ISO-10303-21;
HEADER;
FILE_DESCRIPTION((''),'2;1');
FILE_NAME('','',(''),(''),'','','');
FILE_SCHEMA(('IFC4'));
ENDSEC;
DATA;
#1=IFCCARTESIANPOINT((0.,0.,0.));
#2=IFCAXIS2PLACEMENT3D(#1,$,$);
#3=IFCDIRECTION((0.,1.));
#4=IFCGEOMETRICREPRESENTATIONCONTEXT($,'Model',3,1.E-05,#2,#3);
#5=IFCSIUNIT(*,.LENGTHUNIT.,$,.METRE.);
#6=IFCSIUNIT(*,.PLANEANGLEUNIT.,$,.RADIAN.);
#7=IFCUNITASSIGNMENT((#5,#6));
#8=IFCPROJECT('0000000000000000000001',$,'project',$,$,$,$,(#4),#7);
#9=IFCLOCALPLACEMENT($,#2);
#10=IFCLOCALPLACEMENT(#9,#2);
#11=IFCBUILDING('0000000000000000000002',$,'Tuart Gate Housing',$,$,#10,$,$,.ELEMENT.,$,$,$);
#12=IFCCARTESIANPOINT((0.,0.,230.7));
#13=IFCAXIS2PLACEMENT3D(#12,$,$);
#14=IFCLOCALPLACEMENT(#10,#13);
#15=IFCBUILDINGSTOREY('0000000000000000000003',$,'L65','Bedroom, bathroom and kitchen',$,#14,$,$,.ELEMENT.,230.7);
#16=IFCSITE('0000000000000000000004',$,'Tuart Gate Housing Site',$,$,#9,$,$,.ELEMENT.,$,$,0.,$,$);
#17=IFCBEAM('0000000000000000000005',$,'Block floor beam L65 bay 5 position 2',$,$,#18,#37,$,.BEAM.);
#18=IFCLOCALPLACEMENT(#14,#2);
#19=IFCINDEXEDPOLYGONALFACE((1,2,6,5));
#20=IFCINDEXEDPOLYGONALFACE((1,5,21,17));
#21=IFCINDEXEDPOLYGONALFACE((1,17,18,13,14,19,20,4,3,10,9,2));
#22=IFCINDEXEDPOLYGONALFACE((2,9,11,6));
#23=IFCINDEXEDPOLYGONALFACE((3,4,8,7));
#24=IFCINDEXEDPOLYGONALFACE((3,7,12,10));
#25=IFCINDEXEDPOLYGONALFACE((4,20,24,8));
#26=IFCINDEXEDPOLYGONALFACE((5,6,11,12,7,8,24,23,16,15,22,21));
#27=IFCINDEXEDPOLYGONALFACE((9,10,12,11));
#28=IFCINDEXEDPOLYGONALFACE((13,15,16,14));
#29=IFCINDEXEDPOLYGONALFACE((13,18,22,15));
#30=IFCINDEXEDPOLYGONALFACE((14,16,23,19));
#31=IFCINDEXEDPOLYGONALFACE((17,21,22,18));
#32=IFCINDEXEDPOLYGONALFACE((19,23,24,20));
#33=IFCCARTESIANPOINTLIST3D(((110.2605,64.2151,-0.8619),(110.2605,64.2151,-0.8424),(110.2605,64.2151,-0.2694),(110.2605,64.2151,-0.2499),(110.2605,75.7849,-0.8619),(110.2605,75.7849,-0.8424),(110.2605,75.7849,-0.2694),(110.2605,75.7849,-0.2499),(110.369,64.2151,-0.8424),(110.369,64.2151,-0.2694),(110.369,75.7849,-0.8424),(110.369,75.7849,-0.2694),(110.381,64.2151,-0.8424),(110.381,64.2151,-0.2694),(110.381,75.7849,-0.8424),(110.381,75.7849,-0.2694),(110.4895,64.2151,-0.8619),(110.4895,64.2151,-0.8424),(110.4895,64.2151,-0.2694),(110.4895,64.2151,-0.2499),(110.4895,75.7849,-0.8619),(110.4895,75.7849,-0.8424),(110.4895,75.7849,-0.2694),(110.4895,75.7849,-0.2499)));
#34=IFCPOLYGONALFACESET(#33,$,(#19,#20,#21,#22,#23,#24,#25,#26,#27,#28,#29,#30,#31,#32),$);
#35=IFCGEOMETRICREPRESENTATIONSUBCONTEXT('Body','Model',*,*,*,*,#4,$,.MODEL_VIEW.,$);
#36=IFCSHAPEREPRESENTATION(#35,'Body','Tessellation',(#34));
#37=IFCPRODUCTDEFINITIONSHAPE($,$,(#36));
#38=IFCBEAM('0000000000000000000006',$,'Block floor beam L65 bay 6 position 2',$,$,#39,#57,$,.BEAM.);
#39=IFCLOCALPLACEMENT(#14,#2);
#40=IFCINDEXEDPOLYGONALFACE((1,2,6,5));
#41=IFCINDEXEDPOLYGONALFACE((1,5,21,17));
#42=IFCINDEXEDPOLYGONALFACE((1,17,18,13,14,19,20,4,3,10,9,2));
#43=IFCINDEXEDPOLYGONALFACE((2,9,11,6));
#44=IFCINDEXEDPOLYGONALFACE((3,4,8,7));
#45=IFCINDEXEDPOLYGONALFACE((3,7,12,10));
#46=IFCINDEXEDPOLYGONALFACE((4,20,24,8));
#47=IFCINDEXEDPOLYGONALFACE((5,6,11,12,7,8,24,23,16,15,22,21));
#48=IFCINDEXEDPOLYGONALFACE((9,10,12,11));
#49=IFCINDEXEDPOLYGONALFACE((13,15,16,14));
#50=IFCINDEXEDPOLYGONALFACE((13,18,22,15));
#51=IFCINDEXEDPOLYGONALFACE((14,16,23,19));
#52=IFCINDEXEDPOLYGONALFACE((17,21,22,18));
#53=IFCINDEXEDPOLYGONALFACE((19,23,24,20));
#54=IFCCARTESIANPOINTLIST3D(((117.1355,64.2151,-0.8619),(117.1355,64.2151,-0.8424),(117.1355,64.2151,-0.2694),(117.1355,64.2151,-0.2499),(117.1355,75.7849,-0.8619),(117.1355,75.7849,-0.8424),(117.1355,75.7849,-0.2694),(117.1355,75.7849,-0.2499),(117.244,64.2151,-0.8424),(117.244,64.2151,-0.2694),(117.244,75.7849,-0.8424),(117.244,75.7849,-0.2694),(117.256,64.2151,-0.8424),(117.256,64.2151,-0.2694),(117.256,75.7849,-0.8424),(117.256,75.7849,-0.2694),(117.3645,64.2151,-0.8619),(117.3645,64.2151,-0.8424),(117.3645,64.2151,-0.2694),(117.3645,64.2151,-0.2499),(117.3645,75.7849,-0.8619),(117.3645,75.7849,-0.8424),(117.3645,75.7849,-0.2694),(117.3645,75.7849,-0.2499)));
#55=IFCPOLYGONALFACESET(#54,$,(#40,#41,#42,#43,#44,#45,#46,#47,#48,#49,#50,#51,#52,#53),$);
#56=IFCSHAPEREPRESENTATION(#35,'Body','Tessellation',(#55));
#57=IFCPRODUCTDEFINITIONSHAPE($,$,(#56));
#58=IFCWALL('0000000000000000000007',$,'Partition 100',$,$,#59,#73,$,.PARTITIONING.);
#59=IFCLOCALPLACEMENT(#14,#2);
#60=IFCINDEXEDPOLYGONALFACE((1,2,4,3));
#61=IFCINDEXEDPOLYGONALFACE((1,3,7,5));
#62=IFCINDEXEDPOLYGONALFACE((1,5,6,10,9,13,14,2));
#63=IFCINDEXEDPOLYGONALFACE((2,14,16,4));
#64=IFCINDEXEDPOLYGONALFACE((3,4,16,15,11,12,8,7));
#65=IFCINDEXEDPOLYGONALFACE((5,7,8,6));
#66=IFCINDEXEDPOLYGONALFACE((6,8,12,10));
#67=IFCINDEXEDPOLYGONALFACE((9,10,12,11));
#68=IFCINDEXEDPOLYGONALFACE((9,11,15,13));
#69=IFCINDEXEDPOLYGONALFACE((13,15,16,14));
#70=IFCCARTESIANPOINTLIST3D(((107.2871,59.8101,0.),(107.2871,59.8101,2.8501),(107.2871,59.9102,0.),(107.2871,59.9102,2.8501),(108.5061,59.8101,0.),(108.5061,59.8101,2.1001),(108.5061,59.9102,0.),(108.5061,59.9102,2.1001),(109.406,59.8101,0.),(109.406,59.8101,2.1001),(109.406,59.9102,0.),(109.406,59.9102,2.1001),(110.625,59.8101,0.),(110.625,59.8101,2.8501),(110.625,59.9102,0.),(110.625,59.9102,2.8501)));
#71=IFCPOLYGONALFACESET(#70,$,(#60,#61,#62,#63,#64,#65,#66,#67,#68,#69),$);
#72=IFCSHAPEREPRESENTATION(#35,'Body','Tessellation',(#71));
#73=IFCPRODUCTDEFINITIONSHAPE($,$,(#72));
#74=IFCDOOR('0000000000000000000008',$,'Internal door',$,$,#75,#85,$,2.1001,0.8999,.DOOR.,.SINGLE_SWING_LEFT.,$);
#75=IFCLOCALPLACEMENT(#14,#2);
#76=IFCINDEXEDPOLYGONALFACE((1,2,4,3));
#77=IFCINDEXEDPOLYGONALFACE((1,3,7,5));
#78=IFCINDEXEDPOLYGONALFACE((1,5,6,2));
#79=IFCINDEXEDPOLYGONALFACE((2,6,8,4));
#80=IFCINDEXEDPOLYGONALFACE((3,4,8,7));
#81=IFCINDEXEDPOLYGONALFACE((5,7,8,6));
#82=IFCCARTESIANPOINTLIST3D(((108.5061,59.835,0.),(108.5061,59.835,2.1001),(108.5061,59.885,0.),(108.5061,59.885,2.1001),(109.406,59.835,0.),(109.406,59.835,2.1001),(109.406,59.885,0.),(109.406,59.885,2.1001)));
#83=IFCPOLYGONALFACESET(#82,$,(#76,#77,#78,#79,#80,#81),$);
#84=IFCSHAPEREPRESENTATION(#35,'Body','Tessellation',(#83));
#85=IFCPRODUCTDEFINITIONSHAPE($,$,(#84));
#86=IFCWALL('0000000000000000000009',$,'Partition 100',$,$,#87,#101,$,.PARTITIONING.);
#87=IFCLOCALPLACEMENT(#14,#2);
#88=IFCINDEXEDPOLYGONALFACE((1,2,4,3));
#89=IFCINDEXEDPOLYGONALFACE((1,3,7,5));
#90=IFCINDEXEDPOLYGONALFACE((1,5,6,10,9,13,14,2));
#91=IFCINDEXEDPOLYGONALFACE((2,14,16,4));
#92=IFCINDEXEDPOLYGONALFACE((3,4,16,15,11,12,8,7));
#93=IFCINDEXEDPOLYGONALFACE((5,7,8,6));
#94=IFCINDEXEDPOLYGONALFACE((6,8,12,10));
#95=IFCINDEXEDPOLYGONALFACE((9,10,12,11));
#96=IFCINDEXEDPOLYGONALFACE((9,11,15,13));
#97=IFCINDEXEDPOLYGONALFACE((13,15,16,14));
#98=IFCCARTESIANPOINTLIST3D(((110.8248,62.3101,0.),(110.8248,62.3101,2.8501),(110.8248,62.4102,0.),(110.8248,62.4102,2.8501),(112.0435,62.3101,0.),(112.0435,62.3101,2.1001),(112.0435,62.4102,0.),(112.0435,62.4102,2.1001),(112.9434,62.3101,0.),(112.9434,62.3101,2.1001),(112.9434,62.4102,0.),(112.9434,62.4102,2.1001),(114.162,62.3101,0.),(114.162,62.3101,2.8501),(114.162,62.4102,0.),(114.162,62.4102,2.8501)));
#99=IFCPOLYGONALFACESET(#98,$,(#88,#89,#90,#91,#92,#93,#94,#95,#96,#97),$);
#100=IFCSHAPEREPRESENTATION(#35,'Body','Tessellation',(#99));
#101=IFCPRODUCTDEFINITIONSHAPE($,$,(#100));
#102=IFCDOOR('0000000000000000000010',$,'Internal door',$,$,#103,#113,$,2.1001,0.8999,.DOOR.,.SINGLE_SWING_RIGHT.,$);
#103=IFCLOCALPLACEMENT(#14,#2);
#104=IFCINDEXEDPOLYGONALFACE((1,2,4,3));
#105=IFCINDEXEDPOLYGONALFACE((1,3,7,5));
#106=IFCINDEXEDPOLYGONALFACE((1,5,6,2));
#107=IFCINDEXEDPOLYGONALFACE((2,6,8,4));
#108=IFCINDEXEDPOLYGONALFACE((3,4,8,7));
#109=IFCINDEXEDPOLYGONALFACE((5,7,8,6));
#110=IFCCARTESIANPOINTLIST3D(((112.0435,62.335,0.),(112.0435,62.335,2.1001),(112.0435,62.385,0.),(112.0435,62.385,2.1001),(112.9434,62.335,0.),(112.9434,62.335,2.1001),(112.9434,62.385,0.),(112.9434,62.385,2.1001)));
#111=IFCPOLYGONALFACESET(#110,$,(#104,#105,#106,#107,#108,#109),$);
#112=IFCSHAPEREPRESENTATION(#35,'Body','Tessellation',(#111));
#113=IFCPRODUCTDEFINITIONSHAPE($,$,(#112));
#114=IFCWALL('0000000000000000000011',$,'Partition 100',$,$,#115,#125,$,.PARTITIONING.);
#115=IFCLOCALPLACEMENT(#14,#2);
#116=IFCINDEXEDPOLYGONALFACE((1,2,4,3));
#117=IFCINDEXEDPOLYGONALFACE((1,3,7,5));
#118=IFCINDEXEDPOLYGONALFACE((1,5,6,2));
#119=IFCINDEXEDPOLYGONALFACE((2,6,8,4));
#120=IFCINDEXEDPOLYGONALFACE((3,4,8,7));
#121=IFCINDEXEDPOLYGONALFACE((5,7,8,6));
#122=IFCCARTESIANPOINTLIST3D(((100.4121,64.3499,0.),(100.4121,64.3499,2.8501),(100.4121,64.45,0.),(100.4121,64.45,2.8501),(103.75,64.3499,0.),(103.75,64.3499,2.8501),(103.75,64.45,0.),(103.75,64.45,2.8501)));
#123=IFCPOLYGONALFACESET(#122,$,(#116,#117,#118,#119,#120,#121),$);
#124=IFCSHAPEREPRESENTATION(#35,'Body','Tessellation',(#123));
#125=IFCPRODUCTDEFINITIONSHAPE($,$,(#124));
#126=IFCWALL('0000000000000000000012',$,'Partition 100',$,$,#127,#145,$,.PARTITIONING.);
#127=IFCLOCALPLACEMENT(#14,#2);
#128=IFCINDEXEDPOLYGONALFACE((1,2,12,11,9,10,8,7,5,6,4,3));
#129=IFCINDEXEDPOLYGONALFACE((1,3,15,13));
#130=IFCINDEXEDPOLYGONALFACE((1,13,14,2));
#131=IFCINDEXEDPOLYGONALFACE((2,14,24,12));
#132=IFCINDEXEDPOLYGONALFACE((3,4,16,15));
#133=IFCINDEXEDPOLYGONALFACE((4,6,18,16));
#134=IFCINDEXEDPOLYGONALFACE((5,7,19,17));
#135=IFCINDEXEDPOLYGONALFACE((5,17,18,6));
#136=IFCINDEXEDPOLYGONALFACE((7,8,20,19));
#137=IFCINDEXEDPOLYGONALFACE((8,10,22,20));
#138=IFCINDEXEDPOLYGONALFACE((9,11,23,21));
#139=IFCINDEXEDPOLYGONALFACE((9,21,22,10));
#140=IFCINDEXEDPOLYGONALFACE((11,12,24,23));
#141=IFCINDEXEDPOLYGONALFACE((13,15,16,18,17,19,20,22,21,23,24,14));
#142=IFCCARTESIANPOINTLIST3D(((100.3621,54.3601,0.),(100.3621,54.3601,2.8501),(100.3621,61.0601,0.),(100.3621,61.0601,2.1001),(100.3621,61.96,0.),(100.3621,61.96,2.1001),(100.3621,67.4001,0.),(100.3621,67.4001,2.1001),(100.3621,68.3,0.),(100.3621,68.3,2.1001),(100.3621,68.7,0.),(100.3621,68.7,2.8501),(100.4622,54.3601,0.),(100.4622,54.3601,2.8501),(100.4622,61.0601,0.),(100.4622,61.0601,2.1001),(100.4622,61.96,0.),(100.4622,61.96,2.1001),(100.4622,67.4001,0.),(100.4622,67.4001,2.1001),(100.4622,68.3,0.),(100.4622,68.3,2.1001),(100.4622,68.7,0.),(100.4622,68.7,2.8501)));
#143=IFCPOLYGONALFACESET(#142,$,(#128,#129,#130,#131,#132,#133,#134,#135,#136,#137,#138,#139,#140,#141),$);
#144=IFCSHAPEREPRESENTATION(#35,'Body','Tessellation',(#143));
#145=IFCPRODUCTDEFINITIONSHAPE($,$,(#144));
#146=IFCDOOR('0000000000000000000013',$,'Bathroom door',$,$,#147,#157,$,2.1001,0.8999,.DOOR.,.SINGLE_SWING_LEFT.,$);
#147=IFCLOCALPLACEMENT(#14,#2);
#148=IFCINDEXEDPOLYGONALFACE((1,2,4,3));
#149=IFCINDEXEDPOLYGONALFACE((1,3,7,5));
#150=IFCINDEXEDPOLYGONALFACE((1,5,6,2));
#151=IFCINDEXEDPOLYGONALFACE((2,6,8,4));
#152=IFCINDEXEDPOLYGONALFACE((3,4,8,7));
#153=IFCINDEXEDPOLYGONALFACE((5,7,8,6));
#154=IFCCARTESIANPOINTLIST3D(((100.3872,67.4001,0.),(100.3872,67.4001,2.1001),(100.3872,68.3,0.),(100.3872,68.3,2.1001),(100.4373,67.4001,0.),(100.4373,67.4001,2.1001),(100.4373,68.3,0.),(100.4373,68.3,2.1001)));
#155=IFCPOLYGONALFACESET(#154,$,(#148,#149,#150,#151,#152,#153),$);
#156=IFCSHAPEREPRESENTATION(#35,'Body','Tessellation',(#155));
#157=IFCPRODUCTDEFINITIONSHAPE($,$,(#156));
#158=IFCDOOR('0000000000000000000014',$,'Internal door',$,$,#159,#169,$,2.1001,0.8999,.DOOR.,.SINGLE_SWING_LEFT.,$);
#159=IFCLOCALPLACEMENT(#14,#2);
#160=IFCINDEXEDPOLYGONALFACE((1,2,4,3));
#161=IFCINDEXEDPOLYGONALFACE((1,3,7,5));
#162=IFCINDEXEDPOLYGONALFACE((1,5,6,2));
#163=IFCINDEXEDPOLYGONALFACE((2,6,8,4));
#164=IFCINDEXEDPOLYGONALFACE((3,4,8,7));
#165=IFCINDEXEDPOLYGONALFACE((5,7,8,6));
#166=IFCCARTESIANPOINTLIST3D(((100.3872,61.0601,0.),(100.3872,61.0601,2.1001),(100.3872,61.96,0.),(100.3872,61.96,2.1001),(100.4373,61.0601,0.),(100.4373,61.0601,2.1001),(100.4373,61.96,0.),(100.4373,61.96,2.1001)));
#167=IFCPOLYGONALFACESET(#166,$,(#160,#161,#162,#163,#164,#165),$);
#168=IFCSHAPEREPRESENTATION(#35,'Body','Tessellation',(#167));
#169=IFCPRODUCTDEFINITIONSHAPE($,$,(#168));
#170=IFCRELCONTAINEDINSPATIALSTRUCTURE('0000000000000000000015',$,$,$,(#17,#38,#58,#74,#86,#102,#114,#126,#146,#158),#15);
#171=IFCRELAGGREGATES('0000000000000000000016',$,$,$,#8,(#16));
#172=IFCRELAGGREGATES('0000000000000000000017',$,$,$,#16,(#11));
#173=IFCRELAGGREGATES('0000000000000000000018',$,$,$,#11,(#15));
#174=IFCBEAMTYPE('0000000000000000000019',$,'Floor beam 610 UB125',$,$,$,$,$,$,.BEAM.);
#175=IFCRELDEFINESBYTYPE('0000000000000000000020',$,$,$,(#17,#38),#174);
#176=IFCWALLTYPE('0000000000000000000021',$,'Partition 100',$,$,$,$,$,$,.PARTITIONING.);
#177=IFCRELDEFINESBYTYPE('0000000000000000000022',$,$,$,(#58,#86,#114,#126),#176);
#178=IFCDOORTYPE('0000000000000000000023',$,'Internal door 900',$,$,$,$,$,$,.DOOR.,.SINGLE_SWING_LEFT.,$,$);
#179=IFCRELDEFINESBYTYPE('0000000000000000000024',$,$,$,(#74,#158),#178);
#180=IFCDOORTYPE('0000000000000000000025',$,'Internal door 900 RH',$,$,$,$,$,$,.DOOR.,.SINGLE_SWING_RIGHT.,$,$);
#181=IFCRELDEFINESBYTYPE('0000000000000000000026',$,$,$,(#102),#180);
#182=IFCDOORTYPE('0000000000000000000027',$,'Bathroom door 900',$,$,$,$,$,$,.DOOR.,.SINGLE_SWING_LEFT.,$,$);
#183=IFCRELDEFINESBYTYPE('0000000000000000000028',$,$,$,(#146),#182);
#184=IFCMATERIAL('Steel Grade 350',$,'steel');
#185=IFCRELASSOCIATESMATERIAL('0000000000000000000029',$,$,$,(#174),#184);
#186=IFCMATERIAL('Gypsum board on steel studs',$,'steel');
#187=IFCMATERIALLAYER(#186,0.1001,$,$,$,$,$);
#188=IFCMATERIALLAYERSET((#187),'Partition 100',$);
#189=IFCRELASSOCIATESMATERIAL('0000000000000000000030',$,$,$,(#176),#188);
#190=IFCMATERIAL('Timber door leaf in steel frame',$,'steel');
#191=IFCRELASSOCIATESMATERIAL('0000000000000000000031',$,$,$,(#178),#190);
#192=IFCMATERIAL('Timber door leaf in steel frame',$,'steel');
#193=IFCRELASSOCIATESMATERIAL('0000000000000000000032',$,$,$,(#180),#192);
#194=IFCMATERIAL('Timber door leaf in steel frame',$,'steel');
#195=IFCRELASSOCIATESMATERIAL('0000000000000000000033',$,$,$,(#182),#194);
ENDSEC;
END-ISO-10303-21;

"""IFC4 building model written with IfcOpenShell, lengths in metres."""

from ifc_helpers import new_model, si_unit, direction, frame, frame_2d, origin, origin_2d, place, context, subcontext, project, spatial, rectangle, i_section, extrude, material, layer, layer_set, material_profile, profile_set, type_object, element, fill, save


model = new_model("IFC4")

# Units and contexts
model_context = context("Model", 3, precision=1e-05, world=origin(), true_north=direction((0.0, 1.0)))
body_context = subcontext(model_context, "Body", "Model", "MODEL_VIEW")
ifc_project = project(units=[si_unit("LENGTHUNIT", "METRE"), si_unit("PLANEANGLEUNIT", "RADIAN")], contexts=[model_context])

# Site, building, storey
site_placement = place(None, origin())
site = spatial("IfcSite", under=ifc_project, at=site_placement, Name="Tuart Gate Housing Site", CompositionType="ELEMENT", RefElevation=0.0)
building_placement = place(site_placement, origin())
building = spatial("IfcBuilding", under=site, at=building_placement, Name="Tuart Gate Housing", CompositionType="ELEMENT")
storey_placement = place(building_placement, frame((0.0, 0.0, 230.7)))
storey = spatial("IfcBuildingStorey", under=building, at=storey_placement, Name="L65", Description="Bedroom, bathroom and kitchen", CompositionType="ELEMENT", Elevation=230.7)

# Beams
ifc_material_1 = material(Name="Steel Grade 350", Category="steel")
ifc_material_profile_1 = material_profile(ifc_material_1, i_section(OverallWidth=0.229, OverallDepth=0.6121, WebThickness=0.012, FlangeThickness=0.0195, at=origin_2d()), Name="610UB125")
ifc_profile_set_1 = profile_set([ifc_material_profile_1], Name="Steel Grade 350")
beam_type_1 = type_object("IfcBeamType", Name="Floor beam 610 UB125", PredefinedType="BEAM", material=ifc_profile_set_1)
for number, where, z_axis, x_axis, name in (
    (1, (110.375, 64.2151, -0.5559), (0.0, 1.0, 0.0), (-1.0, 0.0, 0.0), "Block floor beam L65 bay 5 position 2"),
    (2, (117.25, 64.2151, -0.5559), (0.0, 1.0, 0.0), (-1.0, 0.0, 0.0), "Block floor beam L65 bay 6 position 2"),
):
    element("IfcBeam", number, at=place(storey_placement, frame(where, z_axis=z_axis, x_axis=x_axis)), inside=storey, type_object=beam_type_1, Name=name, PredefinedType="BEAM", context=body_context, shape_type="SweptSolid", body=[
        extrude(i_section(OverallWidth=0.229, OverallDepth=0.6121, WebThickness=0.012, FlangeThickness=0.0195, at=origin_2d()), origin(), (0.0, 0.0, 1.0), 11.5698),
    ])

# Walls, openings, doors
ifc_material_2 = material(Name="Gypsum board on steel studs", Category="steel")
ifc_layer_1 = layer(ifc_material_2, 0.1001)
ifc_layer_set_1 = layer_set([ifc_layer_1], Name="Partition 100")
wall_type_1 = type_object("IfcWallType", Name="Partition 100", PredefinedType="PARTITIONING", material=ifc_layer_set_1)
wall_1_placement = place(storey_placement, frame((107.2871, 59.8601, 0.0), z_axis=(0.0, 0.0, 1.0), x_axis=(1.0, 0.0, 0.0)))
wall_1 = element("IfcWall", 3, at=wall_1_placement, inside=storey, type_object=wall_type_1, Name="Partition 100", PredefinedType="PARTITIONING", context=body_context, shape_type="SweptSolid", body=[
    extrude(rectangle(XDim=3.3379, YDim=0.1001, at=frame_2d((1.6689, 0.0))), origin(), (0.0, 0.0, 1.0), 2.8501),
])
opening_1_placement = place(wall_1_placement, frame((1.219, 0.0, 0.0)))
opening_1 = element("IfcOpeningElement", 4, at=opening_1_placement, cuts=wall_1, PredefinedType="OPENING", context=body_context, shape_type="SweptSolid", body=[
    extrude(rectangle(XDim=0.8999, YDim=2.1001, at=frame_2d((0.45, 1.05))), frame((0.0, 0.0601, 0.0), z_axis=(0.0, -1.0, 0.0), x_axis=(1.0, 0.0, 0.0)), (0.0, 0.0, 1.0), 0.1201),
])
ifc_material_3 = material(Name="Timber door leaf in steel frame", Category="steel")
door_type_1 = type_object("IfcDoorType", Name="Internal door 900", OperationType="SINGLE_SWING_LEFT", PredefinedType="DOOR", material=ifc_material_3)
door_1_placement = place(opening_1_placement, origin())
door_1 = element("IfcDoor", 5, at=door_1_placement, inside=storey, type_object=door_type_1, Name="Internal door", OperationType="SINGLE_SWING_LEFT", OverallHeight=2.1001, OverallWidth=0.8999, PredefinedType="DOOR", context=body_context, shape_type="SweptSolid", body=[
    extrude(rectangle(XDim=0.8999, YDim=2.1001, at=frame_2d((0.45, 1.05))), frame((0.0, 0.0249, 0.0), z_axis=(0.0, -1.0, 0.0), x_axis=(1.0, 0.0, 0.0)), (0.0, 0.0, 1.0), 0.05),
])
fill(opening_1, door_1)
wall_2_placement = place(storey_placement, frame((110.825, 62.3601, 0.0), z_axis=(0.0, 0.0, 1.0), x_axis=(1.0, 0.0, 0.0)))
wall_2 = element("IfcWall", 6, at=wall_2_placement, inside=storey, type_object=wall_type_1, Name="Partition 100", PredefinedType="PARTITIONING", context=body_context, shape_type="SweptSolid", body=[
    extrude(rectangle(XDim=3.3372, YDim=0.1001, at=frame_2d((1.6685, 0.0))), origin(), (0.0, 0.0, 1.0), 2.8501),
])
opening_2_placement = place(wall_2_placement, frame((1.2185, 0.0, 0.0)))
opening_2 = element("IfcOpeningElement", 7, at=opening_2_placement, cuts=wall_2, PredefinedType="OPENING", context=body_context, shape_type="SweptSolid", body=[
    extrude(rectangle(XDim=0.8999, YDim=2.1001, at=frame_2d((0.45, 1.05))), frame((0.0, 0.0601, 0.0), z_axis=(0.0, -1.0, 0.0), x_axis=(1.0, 0.0, 0.0)), (0.0, 0.0, 1.0), 0.1201),
])
ifc_material_4 = material(Name="Timber door leaf in steel frame", Category="steel")
door_type_2 = type_object("IfcDoorType", Name="Internal door 900 RH", OperationType="SINGLE_SWING_RIGHT", PredefinedType="DOOR", material=ifc_material_4)
door_2_placement = place(opening_2_placement, origin())
door_2 = element("IfcDoor", 8, at=door_2_placement, inside=storey, type_object=door_type_2, Name="Internal door", OperationType="SINGLE_SWING_RIGHT", OverallHeight=2.1001, OverallWidth=0.8999, PredefinedType="DOOR", context=body_context, shape_type="SweptSolid", body=[
    extrude(rectangle(XDim=0.8999, YDim=2.1001, at=frame_2d((0.45, 1.05))), frame((0.0, 0.0249, 0.0), z_axis=(0.0, -1.0, 0.0), x_axis=(1.0, 0.0, 0.0)), (0.0, 0.0, 1.0), 0.05),
])
fill(opening_2, door_2)

# Wall
wall_3_placement = place(storey_placement, frame((100.4121, 64.3999, 0.0), z_axis=(0.0, 0.0, 1.0), x_axis=(1.0, 0.0, 0.0)))
element("IfcWall", 9, at=wall_3_placement, inside=storey, type_object=wall_type_1, Name="Partition 100", PredefinedType="PARTITIONING", context=body_context, shape_type="SweptSolid", body=[
    extrude(rectangle(XDim=3.3379, YDim=0.1001, at=frame_2d((1.6689, 0.0))), origin(), (0.0, 0.0, 1.0), 2.8501),
])

# Wall, openings, doors
wall_4_placement = place(storey_placement, frame((100.4121, 54.3601, 0.0), z_axis=(0.0, 0.0, 1.0), x_axis=(0.0, 1.0, 0.0)))
wall_4 = element("IfcWall", 10, at=wall_4_placement, inside=storey, type_object=wall_type_1, Name="Partition 100", PredefinedType="PARTITIONING", context=body_context, shape_type="SweptSolid", body=[
    extrude(rectangle(XDim=14.3398, YDim=0.1001, at=frame_2d((7.1699, 0.0))), origin(), (0.0, 0.0, 1.0), 2.8501),
])
opening_3_placement = place(wall_4_placement, frame((6.7, 0.0, 0.0)))
opening_3 = element("IfcOpeningElement", 11, at=opening_3_placement, cuts=wall_4, PredefinedType="OPENING", context=body_context, shape_type="SweptSolid", body=[
    extrude(rectangle(XDim=0.8999, YDim=2.1001, at=frame_2d((0.45, 1.05))), frame((0.0, 0.0601, 0.0), z_axis=(0.0, -1.0, 0.0), x_axis=(1.0, 0.0, 0.0)), (0.0, 0.0, 1.0), 0.1201),
])
opening_4_placement = place(wall_4_placement, frame((13.04, 0.0, 0.0)))
opening_4 = element("IfcOpeningElement", 12, at=opening_4_placement, cuts=wall_4, PredefinedType="OPENING", context=body_context, shape_type="SweptSolid", body=[
    extrude(rectangle(XDim=0.8999, YDim=2.1001, at=frame_2d((0.45, 1.05))), frame((0.0, 0.0601, 0.0), z_axis=(0.0, -1.0, 0.0), x_axis=(1.0, 0.0, 0.0)), (0.0, 0.0, 1.0), 0.1201),
])
ifc_material_5 = material(Name="Timber door leaf in steel frame", Category="steel")
door_type_3 = type_object("IfcDoorType", Name="Bathroom door 900", OperationType="SINGLE_SWING_LEFT", PredefinedType="DOOR", material=ifc_material_5)
door_3_placement = place(opening_4_placement, frame((0.8999, 0.0, 0.0), z_axis=(0.0, 0.0, 1.0), x_axis=(-1.0, 0.0, 0.0)))
door_3 = element("IfcDoor", 13, at=door_3_placement, inside=storey, type_object=door_type_3, Name="Bathroom door", OperationType="SINGLE_SWING_LEFT", OverallHeight=2.1001, OverallWidth=0.8999, PredefinedType="DOOR", context=body_context, shape_type="SweptSolid", body=[
    extrude(rectangle(XDim=0.8999, YDim=2.1001, at=frame_2d((0.45, 1.05))), frame((0.0, 0.0251, 0.0), z_axis=(0.0, -1.0, 0.0), x_axis=(1.0, 0.0, 0.0)), (0.0, 0.0, 1.0), 0.05),
])
fill(opening_4, door_3)
door_4_placement = place(opening_3_placement, frame((0.8999, 0.0, 0.0), z_axis=(0.0, 0.0, 1.0), x_axis=(-1.0, 0.0, 0.0)))
door_4 = element("IfcDoor", 14, at=door_4_placement, inside=storey, type_object=door_type_1, Name="Internal door", OperationType="SINGLE_SWING_LEFT", OverallHeight=2.1001, OverallWidth=0.8999, PredefinedType="DOOR", context=body_context, shape_type="SweptSolid", body=[
    extrude(rectangle(XDim=0.8999, YDim=2.1001, at=frame_2d((0.45, 1.05))), frame((0.0, 0.0251, 0.0), z_axis=(0.0, -1.0, 0.0), x_axis=(1.0, 0.0, 0.0)), (0.0, 0.0, 1.0), 0.05),
])
fill(opening_3, door_4)

save(model, "model.ifc")
